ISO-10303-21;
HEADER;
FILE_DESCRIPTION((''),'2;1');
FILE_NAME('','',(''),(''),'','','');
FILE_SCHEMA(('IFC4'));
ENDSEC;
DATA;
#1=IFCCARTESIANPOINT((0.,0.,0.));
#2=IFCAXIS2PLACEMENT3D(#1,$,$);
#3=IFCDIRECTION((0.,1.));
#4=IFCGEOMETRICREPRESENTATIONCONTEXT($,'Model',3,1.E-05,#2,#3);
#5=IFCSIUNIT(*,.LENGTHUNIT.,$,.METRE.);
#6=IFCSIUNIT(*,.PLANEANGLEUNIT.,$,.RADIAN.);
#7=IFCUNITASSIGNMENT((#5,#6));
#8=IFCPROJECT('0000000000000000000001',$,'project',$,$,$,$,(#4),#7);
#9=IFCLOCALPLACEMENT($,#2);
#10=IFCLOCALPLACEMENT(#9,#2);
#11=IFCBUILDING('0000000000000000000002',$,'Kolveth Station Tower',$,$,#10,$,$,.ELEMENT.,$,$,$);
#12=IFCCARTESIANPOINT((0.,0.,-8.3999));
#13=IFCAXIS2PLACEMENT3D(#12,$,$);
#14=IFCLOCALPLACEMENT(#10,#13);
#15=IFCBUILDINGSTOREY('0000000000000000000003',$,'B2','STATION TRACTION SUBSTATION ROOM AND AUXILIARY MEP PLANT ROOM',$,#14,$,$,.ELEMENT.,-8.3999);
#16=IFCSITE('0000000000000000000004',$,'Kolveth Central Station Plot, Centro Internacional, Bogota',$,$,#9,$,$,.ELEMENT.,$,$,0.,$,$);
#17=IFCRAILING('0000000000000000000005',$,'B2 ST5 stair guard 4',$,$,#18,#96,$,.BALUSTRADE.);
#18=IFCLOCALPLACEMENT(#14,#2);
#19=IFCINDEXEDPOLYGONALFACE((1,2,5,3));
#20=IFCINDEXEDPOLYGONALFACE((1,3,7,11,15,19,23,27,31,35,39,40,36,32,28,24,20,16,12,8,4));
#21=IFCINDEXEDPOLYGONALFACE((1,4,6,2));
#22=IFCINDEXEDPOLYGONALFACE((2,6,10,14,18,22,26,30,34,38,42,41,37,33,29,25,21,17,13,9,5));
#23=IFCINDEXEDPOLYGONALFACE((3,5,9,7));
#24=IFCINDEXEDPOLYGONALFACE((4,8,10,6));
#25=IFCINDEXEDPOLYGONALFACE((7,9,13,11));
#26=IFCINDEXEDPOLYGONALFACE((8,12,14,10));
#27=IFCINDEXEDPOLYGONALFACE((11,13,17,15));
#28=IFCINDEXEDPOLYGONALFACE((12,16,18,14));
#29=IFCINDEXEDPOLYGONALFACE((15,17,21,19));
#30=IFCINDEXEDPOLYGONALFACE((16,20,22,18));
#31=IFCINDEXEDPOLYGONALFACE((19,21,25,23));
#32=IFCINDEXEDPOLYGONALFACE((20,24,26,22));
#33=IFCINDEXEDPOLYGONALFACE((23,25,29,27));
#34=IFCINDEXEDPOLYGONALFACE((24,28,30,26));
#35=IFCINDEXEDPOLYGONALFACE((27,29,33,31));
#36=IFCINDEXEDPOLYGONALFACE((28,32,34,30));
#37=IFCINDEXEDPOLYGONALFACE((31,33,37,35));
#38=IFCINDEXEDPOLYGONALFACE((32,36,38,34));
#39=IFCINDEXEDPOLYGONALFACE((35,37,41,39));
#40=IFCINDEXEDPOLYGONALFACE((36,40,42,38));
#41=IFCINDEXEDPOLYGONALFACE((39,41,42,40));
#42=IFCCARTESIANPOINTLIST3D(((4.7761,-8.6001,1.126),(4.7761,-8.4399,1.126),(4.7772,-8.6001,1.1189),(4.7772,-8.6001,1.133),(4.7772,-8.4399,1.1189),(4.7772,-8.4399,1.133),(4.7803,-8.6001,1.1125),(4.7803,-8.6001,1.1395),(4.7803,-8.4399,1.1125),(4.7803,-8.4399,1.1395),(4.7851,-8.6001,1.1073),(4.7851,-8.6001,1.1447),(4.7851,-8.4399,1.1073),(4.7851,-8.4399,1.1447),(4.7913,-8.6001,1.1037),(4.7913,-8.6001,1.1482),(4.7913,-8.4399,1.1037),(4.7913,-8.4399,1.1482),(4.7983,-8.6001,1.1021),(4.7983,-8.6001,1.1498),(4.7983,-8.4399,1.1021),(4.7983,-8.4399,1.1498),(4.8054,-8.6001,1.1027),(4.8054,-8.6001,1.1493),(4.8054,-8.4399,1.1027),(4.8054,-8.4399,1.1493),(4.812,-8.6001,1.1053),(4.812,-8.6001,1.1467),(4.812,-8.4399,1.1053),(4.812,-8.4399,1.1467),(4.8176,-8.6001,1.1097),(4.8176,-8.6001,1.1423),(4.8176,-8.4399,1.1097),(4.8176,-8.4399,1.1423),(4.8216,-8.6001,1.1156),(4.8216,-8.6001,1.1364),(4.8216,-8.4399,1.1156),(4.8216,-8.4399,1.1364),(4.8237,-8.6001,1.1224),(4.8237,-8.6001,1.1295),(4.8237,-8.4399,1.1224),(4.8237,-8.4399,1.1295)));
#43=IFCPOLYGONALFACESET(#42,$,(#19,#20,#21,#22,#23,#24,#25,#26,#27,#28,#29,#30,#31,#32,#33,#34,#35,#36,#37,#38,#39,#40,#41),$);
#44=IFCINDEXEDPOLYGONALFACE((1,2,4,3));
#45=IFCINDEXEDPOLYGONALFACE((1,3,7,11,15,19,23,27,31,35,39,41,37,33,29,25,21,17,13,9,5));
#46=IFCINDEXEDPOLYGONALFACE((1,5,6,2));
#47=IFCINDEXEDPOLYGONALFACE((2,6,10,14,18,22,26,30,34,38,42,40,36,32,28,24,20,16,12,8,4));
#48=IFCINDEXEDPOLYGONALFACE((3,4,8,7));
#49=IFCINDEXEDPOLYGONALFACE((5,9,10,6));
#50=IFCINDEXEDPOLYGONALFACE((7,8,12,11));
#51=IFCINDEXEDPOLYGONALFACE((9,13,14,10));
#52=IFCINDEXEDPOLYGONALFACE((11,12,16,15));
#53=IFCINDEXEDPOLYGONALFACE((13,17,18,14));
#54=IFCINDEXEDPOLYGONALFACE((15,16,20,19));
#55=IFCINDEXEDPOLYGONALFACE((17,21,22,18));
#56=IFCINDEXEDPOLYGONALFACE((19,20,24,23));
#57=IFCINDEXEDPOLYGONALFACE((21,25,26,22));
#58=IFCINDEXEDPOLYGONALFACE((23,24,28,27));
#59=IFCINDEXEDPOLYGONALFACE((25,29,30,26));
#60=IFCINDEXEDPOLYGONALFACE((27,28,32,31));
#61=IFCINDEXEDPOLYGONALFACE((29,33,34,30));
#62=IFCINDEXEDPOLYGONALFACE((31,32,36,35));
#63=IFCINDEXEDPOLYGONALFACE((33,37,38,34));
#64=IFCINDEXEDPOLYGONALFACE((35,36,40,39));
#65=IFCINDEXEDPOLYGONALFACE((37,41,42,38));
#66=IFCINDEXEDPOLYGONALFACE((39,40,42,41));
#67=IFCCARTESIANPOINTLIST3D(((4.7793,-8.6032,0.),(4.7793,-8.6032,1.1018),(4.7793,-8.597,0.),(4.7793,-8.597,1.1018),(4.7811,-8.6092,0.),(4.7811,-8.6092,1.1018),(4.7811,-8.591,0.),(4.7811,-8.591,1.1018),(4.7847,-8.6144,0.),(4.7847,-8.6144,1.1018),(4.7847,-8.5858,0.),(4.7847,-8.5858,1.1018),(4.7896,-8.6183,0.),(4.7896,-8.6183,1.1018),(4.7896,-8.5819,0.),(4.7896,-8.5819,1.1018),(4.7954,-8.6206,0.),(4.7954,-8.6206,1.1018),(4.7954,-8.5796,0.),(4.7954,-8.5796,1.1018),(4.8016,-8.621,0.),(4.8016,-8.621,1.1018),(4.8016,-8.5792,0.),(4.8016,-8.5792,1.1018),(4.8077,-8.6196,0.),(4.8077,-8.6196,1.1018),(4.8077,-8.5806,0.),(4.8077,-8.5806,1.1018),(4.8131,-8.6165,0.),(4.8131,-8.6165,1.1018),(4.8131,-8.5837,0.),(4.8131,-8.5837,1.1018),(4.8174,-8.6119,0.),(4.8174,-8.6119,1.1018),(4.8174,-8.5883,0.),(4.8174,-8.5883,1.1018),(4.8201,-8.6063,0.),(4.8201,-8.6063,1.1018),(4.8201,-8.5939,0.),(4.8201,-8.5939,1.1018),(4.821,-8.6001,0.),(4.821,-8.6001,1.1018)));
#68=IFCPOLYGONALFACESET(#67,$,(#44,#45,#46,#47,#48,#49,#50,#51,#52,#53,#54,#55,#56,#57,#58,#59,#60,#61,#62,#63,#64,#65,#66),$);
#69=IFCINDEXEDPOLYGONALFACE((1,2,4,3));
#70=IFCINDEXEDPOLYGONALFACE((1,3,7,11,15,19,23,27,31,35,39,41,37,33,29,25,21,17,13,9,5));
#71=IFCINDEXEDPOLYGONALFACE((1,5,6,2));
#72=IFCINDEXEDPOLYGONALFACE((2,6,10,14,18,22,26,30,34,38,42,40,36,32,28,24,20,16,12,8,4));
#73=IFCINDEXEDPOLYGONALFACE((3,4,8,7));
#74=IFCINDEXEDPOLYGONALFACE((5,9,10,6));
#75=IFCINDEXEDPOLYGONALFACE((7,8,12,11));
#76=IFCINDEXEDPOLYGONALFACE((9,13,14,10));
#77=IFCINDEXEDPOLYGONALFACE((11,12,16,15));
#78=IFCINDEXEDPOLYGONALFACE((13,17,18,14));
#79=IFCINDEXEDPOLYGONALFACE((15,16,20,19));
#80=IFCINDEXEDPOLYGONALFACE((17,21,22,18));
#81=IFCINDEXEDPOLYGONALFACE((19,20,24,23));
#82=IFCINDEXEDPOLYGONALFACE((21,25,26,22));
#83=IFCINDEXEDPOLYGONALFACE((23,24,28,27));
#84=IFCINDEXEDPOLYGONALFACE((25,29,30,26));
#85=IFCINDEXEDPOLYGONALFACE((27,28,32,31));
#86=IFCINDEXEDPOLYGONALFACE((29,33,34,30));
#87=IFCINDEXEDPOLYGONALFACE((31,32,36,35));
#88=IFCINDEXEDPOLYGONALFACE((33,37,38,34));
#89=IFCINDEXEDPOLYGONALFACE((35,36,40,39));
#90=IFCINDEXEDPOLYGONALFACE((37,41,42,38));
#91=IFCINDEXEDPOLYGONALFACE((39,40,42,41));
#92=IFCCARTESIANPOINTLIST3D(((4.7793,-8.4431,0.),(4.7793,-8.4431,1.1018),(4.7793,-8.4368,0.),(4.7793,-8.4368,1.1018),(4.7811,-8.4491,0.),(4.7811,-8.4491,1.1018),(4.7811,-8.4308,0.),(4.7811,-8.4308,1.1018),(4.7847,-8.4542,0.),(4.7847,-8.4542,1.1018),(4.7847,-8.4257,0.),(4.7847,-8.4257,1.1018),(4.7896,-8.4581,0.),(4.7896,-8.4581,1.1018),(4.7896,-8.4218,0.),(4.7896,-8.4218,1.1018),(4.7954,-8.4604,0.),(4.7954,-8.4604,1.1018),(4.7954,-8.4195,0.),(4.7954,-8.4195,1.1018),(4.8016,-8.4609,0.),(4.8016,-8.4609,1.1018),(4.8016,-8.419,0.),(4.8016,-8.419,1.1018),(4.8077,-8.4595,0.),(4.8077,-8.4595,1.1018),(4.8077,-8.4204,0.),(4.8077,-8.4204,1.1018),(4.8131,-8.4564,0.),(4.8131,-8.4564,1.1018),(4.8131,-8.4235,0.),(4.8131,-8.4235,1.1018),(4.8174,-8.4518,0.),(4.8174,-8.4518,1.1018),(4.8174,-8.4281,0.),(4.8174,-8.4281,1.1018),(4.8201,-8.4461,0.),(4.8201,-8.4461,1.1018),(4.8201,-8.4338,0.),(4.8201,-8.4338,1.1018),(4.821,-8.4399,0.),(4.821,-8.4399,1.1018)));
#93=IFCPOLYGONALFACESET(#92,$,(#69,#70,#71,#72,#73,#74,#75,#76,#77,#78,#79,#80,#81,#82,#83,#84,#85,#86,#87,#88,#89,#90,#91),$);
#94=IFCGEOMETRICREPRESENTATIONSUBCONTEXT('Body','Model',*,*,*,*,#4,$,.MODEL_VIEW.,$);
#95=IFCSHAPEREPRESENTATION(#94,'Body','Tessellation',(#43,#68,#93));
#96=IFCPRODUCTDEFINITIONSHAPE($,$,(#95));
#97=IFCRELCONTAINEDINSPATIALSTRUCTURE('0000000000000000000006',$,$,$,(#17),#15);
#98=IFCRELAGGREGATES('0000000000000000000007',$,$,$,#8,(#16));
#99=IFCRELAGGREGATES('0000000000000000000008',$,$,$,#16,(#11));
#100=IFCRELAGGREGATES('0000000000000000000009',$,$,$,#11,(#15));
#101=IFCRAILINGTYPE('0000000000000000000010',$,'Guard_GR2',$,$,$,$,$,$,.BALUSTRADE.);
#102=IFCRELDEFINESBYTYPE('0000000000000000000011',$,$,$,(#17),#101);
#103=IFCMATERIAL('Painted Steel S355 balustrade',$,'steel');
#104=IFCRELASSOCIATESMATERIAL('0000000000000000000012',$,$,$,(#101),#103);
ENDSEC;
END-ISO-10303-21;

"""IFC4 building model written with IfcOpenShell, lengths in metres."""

from ifc_helpers import new_model, si_unit, direction, frame, origin, origin_2d, place, context, subcontext, project, spatial, circle, extrude, material, type_object, element, save


model = new_model("IFC4")

# Units and contexts
model_context = context("Model", 3, precision=1e-05, world=origin(), true_north=direction((0.0, 1.0)))
body_context = subcontext(model_context, "Body", "Model", "MODEL_VIEW")
ifc_project = project(units=[si_unit("LENGTHUNIT", "METRE"), si_unit("PLANEANGLEUNIT", "RADIAN")], contexts=[model_context])

# Site, building, storey
site_placement = place(None, origin())
site = spatial("IfcSite", under=ifc_project, at=site_placement, Name="Kolveth Central Station Plot, Centro Internacional, Bogota", CompositionType="ELEMENT", RefElevation=0.0)
building_placement = place(site_placement, origin())
building = spatial("IfcBuilding", under=site, at=building_placement, Name="Kolveth Station Tower", CompositionType="ELEMENT")
storey_placement = place(building_placement, frame((0.0, 0.0, -8.3999)))
storey = spatial("IfcBuildingStorey", under=building, at=storey_placement, Name="B2", Description="STATION TRACTION SUBSTATION ROOM AND AUXILIARY MEP PLANT ROOM", CompositionType="ELEMENT", Elevation=-8.3999)

# Railing
ifc_material_1 = material(Name="Painted Steel S355 balustrade", Category="steel")
railing_type_1 = type_object("IfcRailingType", Name="Guard_GR2", PredefinedType="BALUSTRADE", material=ifc_material_1)
railing_1_placement = place(storey_placement, frame((4.8, -8.6001, 0.0)))
element("IfcRailing", 1, at=railing_1_placement, inside=storey, type_object=railing_type_1, Name="B2 ST5 stair guard 4", PredefinedType="BALUSTRADE", context=body_context, shape_type="SweptSolid", body=[
    extrude(circle(Radius=0.0239, at=origin_2d()), frame((0.0, 0.0, 1.126), z_axis=(0.0, 1.0, 0.0), x_axis=(-1.0, 0.0, 0.0)), (0.0, 0.0, 1.0), 0.1602),
    extrude(circle(Radius=0.021, at=origin_2d()), origin(), (0.0, 0.0, 1.0), 1.1018),
    extrude(circle(Radius=0.021, at=origin_2d()), frame((0.0, 0.1602, 0.0)), (0.0, 0.0, 1.0), 1.1018),
])

save(model, "model.ifc")
